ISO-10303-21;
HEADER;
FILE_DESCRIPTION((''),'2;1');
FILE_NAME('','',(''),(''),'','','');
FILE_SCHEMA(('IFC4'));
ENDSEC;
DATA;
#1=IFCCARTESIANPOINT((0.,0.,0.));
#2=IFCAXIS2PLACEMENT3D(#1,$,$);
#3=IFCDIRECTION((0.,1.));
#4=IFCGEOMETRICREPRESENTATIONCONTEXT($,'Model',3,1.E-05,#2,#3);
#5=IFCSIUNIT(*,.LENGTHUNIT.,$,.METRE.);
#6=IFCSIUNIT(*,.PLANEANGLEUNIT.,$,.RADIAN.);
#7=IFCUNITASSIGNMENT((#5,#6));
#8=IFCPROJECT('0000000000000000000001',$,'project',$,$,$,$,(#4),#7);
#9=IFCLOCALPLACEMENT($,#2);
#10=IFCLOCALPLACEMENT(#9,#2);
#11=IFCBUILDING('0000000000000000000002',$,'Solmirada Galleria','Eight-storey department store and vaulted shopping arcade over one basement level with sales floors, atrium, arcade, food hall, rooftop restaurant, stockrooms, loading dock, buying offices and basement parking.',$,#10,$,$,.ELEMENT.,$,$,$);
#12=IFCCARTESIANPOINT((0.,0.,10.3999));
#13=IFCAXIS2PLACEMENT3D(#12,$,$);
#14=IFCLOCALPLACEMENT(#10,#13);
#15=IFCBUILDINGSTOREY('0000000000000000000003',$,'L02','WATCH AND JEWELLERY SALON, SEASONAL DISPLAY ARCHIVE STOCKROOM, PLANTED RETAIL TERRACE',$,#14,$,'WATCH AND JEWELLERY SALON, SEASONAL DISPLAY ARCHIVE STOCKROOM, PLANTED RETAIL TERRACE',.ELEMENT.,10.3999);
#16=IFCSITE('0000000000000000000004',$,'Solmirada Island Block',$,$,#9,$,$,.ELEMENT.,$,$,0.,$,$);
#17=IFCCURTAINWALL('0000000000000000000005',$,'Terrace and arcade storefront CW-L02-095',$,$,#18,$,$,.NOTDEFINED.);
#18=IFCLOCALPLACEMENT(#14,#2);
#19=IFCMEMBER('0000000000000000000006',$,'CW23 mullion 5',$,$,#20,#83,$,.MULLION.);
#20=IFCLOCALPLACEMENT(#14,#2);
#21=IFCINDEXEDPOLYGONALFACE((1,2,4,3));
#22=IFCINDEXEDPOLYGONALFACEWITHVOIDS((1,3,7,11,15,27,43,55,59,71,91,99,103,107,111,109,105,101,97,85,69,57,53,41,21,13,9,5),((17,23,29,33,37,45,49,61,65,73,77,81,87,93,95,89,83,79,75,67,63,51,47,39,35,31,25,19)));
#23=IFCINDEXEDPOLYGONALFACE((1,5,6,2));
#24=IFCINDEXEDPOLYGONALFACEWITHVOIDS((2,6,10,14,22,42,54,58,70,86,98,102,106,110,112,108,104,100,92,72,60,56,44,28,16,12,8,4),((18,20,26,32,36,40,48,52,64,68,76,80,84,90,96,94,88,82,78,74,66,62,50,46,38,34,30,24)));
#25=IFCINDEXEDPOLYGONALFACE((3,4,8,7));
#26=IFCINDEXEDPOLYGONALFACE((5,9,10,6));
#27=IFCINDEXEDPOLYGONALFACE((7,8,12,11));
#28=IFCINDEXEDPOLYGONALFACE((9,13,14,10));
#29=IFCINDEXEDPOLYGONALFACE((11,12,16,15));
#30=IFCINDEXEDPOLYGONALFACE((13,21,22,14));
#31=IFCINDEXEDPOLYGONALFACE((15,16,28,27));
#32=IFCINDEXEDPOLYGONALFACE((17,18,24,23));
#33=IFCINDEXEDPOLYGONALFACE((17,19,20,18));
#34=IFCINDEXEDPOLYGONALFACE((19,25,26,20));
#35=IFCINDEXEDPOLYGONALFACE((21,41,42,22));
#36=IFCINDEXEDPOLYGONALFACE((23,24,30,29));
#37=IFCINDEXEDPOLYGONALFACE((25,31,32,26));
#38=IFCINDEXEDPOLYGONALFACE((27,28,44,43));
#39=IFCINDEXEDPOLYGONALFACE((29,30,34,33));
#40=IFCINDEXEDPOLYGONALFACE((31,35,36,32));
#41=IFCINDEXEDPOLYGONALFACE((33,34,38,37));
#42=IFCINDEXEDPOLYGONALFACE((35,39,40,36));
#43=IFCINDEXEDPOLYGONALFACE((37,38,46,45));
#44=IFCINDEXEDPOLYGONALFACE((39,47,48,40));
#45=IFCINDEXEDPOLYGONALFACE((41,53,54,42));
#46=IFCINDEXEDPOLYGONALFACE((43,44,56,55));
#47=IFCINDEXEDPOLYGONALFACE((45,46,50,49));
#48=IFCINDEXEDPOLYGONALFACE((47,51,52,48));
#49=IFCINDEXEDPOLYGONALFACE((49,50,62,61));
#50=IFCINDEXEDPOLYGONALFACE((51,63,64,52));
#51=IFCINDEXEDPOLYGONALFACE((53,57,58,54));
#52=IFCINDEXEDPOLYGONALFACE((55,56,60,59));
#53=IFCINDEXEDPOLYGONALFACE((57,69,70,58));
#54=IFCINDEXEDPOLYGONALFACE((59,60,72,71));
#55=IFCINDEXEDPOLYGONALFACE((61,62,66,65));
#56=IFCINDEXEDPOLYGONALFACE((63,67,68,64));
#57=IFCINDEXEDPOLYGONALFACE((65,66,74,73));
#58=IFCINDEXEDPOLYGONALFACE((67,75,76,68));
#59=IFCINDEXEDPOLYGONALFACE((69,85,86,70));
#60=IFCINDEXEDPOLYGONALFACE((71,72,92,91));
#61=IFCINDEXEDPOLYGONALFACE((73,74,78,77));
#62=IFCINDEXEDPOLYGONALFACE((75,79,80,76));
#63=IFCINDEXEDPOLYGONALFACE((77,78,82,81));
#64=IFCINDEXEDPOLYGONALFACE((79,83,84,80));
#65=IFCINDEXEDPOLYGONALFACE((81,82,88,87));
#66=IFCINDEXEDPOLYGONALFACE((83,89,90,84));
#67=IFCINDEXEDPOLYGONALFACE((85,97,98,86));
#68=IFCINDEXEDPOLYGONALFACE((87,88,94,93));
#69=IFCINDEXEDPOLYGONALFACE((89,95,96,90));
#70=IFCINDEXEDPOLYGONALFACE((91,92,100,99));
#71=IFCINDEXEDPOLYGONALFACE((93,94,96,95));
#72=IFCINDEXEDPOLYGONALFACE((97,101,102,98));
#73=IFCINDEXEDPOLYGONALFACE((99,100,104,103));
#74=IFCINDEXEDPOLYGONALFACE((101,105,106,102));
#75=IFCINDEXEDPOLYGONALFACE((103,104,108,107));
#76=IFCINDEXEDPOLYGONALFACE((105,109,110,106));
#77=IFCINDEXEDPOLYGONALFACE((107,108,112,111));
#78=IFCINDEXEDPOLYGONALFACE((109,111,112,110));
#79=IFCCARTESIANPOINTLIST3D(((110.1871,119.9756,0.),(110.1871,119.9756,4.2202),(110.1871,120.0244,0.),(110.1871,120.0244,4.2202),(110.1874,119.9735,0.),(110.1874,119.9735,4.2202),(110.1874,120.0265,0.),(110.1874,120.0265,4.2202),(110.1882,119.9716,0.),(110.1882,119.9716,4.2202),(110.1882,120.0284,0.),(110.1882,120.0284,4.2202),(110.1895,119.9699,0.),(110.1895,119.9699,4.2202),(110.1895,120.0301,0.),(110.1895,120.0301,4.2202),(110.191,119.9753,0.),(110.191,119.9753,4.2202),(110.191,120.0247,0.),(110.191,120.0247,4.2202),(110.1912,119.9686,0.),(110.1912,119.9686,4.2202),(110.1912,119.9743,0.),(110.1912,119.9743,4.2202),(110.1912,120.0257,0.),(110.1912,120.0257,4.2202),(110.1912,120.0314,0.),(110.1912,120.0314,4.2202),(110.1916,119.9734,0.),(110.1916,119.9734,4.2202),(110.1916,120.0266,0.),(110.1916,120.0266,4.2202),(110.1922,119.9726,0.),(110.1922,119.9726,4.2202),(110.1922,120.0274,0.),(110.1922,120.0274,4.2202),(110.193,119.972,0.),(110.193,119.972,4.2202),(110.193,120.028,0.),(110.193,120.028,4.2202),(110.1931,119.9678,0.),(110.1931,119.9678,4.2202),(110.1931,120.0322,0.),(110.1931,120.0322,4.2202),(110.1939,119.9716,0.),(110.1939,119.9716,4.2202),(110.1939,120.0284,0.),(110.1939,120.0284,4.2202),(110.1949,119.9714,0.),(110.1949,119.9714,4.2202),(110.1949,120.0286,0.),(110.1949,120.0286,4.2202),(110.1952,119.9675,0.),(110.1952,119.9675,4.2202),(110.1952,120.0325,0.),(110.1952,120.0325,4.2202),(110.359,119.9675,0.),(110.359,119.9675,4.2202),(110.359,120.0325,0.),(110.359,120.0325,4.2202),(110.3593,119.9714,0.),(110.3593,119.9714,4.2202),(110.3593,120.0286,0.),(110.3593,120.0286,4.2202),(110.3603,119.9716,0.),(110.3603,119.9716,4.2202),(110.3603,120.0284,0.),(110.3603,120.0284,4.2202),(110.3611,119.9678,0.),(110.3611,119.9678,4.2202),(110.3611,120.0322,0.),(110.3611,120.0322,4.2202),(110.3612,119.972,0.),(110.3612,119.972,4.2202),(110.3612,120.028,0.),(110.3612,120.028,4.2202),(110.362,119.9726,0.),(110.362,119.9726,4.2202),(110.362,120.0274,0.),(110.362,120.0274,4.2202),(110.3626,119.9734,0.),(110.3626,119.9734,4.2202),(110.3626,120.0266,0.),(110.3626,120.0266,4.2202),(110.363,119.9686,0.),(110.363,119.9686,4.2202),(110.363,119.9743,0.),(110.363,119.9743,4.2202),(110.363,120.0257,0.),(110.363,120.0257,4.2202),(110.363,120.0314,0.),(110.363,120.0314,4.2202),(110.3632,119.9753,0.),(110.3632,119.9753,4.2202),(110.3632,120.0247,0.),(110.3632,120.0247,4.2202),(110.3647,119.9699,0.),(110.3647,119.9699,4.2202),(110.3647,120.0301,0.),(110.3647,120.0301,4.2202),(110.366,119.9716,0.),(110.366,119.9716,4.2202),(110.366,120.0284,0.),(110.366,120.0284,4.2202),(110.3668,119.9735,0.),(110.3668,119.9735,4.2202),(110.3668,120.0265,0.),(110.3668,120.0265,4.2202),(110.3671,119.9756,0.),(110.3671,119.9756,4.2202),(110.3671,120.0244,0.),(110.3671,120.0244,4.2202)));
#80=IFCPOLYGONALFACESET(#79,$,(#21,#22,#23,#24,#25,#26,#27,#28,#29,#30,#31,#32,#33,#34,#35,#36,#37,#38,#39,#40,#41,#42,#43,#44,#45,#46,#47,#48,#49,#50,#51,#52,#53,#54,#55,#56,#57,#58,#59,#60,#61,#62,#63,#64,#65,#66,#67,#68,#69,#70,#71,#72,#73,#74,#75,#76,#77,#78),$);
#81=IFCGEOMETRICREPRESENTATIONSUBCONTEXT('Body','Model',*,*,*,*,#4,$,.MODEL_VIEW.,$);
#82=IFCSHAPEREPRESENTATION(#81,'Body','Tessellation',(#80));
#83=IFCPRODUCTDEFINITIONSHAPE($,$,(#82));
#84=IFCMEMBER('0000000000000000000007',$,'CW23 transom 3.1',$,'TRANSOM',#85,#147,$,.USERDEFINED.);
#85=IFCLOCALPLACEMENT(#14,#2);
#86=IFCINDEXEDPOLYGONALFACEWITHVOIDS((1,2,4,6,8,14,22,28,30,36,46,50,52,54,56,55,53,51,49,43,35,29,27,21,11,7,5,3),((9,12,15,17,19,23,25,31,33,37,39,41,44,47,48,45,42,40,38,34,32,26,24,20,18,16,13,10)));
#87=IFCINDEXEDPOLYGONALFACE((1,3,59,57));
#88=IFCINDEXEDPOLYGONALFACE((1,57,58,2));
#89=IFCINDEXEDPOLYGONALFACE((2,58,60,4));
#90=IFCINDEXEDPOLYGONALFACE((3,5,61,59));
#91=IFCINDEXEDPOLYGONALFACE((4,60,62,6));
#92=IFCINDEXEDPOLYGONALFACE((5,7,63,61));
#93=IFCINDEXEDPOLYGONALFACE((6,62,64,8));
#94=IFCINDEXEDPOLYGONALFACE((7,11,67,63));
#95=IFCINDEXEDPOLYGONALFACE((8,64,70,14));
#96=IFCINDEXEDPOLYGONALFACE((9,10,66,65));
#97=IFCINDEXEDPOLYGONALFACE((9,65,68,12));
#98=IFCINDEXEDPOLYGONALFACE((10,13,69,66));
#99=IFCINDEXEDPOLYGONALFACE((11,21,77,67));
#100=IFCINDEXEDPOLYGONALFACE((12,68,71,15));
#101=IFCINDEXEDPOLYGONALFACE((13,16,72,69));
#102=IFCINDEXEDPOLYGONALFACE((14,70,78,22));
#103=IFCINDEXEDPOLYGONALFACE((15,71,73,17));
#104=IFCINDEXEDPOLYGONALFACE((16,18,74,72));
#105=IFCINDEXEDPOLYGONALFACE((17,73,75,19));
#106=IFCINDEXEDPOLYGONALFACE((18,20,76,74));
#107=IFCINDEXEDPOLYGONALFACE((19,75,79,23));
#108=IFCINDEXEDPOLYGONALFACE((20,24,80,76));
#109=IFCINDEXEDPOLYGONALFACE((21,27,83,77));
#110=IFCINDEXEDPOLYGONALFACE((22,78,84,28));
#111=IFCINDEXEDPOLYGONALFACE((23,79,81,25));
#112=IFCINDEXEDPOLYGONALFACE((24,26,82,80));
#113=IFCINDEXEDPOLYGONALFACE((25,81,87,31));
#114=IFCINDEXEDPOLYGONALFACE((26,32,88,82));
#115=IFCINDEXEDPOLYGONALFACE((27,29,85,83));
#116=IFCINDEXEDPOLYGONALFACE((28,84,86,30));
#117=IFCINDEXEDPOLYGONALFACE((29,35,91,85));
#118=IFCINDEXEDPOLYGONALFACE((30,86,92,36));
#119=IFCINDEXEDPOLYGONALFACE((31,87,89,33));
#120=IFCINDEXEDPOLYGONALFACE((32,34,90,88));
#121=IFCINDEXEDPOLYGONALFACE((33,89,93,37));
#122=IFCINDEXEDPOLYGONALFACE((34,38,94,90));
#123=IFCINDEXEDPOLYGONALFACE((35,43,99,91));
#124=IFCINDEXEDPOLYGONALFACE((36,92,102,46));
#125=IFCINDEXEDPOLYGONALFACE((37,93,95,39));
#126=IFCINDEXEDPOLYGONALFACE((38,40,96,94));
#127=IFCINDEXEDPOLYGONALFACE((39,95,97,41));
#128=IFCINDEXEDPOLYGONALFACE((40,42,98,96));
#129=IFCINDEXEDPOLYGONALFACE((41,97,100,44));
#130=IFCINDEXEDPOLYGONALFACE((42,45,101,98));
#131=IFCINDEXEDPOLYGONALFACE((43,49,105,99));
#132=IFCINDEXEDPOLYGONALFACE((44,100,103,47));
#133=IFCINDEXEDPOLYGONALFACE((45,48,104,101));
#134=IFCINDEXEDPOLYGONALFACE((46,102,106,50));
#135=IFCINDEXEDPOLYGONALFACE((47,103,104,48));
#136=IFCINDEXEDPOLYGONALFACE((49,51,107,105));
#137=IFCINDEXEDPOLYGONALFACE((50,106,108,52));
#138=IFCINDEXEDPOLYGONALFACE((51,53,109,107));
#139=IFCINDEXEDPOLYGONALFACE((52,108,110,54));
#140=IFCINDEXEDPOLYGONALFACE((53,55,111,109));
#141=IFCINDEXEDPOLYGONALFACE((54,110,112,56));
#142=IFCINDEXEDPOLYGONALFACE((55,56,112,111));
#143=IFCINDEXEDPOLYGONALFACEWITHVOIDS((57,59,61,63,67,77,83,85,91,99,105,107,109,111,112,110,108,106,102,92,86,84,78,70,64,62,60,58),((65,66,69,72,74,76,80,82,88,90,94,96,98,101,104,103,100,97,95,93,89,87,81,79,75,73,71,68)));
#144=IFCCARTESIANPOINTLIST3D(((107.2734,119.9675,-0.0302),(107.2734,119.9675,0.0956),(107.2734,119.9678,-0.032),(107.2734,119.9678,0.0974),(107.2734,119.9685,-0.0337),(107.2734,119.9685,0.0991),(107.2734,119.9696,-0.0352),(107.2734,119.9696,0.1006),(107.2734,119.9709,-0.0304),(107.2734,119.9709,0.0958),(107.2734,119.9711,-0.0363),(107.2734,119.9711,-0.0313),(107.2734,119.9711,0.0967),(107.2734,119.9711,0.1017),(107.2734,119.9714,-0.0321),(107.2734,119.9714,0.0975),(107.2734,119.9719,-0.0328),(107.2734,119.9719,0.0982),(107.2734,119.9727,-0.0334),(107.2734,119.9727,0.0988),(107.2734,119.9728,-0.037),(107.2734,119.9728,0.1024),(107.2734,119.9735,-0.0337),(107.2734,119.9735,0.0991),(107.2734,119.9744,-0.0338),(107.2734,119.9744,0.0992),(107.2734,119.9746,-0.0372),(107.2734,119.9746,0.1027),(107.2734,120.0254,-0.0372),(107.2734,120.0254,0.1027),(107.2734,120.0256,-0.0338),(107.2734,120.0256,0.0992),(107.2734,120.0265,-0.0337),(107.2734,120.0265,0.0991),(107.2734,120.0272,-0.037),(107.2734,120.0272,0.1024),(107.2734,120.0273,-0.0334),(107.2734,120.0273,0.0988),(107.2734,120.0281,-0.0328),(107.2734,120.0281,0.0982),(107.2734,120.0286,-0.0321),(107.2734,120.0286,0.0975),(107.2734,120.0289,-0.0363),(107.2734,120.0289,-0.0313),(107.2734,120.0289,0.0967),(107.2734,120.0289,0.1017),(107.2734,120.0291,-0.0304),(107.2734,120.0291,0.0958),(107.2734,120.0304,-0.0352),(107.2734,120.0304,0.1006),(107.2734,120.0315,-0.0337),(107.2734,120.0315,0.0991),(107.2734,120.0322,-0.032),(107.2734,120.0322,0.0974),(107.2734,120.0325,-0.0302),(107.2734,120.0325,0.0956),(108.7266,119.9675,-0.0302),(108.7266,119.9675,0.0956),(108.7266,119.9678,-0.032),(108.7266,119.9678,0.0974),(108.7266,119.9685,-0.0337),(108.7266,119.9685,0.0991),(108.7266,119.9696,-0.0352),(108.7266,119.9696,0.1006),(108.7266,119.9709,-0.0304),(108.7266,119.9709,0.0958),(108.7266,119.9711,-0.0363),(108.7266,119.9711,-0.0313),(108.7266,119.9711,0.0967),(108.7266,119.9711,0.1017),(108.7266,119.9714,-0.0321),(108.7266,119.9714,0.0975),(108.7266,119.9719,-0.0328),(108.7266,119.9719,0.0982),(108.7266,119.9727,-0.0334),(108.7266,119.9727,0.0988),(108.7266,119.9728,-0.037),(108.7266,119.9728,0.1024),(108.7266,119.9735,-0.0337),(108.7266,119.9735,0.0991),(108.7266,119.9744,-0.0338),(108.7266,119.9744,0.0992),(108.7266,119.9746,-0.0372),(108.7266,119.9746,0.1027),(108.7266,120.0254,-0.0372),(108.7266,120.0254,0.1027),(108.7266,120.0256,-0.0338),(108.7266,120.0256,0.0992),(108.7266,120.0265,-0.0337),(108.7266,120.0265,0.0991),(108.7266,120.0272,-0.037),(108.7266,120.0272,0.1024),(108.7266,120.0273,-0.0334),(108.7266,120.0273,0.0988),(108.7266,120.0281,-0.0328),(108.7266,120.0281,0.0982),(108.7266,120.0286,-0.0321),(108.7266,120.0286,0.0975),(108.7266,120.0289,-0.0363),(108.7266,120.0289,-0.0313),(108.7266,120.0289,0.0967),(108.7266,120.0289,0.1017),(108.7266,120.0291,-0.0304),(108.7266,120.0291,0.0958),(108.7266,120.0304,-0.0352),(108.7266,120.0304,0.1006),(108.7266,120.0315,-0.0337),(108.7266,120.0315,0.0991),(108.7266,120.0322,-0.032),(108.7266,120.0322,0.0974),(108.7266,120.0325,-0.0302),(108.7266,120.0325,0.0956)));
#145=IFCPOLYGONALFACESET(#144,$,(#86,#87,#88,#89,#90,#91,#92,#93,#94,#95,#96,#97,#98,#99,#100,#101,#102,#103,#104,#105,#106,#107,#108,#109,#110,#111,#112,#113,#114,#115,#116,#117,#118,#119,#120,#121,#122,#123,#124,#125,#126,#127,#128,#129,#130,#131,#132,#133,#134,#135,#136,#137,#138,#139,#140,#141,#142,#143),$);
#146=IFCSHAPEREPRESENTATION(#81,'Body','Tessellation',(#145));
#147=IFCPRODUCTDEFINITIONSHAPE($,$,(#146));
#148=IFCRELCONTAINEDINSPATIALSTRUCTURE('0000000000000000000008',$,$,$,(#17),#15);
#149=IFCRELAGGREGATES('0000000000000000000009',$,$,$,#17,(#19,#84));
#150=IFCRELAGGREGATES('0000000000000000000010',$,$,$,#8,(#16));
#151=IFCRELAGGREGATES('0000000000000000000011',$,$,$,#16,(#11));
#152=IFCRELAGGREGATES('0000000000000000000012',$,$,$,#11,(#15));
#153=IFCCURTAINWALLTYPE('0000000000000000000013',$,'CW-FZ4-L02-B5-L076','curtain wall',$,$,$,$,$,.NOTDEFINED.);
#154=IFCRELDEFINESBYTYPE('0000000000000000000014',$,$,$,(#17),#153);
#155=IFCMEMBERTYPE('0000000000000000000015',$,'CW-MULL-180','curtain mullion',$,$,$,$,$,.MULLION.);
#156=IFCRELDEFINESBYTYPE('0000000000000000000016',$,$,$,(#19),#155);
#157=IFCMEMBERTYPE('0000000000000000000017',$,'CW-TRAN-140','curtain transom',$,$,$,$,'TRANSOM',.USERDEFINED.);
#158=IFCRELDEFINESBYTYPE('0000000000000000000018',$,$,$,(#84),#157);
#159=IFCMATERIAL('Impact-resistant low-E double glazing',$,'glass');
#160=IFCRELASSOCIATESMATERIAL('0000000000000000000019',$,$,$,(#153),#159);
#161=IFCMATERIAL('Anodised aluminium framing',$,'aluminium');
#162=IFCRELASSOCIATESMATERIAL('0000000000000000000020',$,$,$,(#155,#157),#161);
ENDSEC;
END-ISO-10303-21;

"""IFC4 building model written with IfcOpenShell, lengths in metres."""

from ifc_helpers import new_model, si_unit, direction, frame, origin, origin_2d, place, context, subcontext, project, spatial, hollow_rectangle, extrude, material, material_profile, profile_set, type_object, element, aggregate, save


model = new_model("IFC4")

# Units and contexts
model_context = context("Model", 3, precision=1e-05, world=origin(), true_north=direction((0.0, 1.0)))
body_context = subcontext(model_context, "Body", "Model", "MODEL_VIEW")
ifc_project = project(units=[si_unit("LENGTHUNIT", "METRE"), si_unit("PLANEANGLEUNIT", "RADIAN")], contexts=[model_context])

# Site, building, storey
site_placement = place(None, origin())
site = spatial("IfcSite", under=ifc_project, at=site_placement, Name="Solmirada Island Block", CompositionType="ELEMENT", RefElevation=0.0)
building_placement = place(site_placement, origin())
building = spatial("IfcBuilding", under=site, at=building_placement, Name="Solmirada Galleria", Description="Eight-storey department store and vaulted shopping arcade over one basement level with sales floors, atrium, arcade, food hall, rooftop restaurant, stockrooms, loading dock, buying offices and basement parking.", CompositionType="ELEMENT")
storey_placement = place(building_placement, frame((0.0, 0.0, 10.3999)))
storey = spatial("IfcBuildingStorey", under=building, at=storey_placement, Name="L02", Description="WATCH AND JEWELLERY SALON, SEASONAL DISPLAY ARCHIVE STOCKROOM, PLANTED RETAIL TERRACE", LongName="WATCH AND JEWELLERY SALON, SEASONAL DISPLAY ARCHIVE STOCKROOM, PLANTED RETAIL TERRACE", CompositionType="ELEMENT", Elevation=10.3999)

# Curtain wall, members
ifc_material_1 = material(Name="Impact-resistant low-E double glazing", Category="glass")
curtain_wall_type = type_object("IfcCurtainWallType", Name="CW-FZ4-L02-B5-L076", Description="curtain wall", PredefinedType="NOTDEFINED", material=ifc_material_1)
curtain_wall_placement = place(storey_placement, origin())
curtain_wall = element("IfcCurtainWall", 1, at=curtain_wall_placement, inside=storey, type_object=curtain_wall_type, Name="Terrace and arcade storefront CW-L02-095", PredefinedType="NOTDEFINED")
ifc_material_2 = material(Name="Anodised aluminium framing", Category="aluminium")
ifc_material_profile_1 = material_profile(ifc_material_2, hollow_rectangle(XDim=0.0649, YDim=0.1799, WallThickness=0.0039, InnerFilletRadius=0.0039, OuterFilletRadius=0.0081, at=origin_2d()), Name="ALU-MULL-180X65")
ifc_profile_set_1 = profile_set([ifc_material_profile_1], Name="Anodised aluminium framing")
member_type_1 = type_object("IfcMemberType", Name="CW-MULL-180", Description="curtain mullion", PredefinedType="MULLION", material=ifc_profile_set_1)
member_1_placement = place(storey_placement, frame((110.2771, 120.0, 0.0), z_axis=(0.0, 0.0, 1.0), x_axis=(0.0, 1.0, 0.0)))
member_1 = element("IfcMember", 2, at=member_1_placement, type_object=member_type_1, Name="CW23 mullion 5", PredefinedType="MULLION", context=body_context, shape_type="SweptSolid", body=[
    extrude(hollow_rectangle(XDim=0.0649, YDim=0.1799, WallThickness=0.0039, InnerFilletRadius=0.0039, OuterFilletRadius=0.0081, at=origin_2d()), origin(), (0.0, 0.0, 1.0), 4.2202),
])
ifc_material_profile_2 = material_profile(ifc_material_2, hollow_rectangle(XDim=0.0649, YDim=0.1399, WallThickness=0.0034, InnerFilletRadius=0.0034, OuterFilletRadius=0.0071, at=origin_2d()), Name="ALU-TRAN-140X65")
ifc_profile_set_2 = profile_set([ifc_material_profile_2], Name="Anodised aluminium framing")
member_type_2 = type_object("IfcMemberType", Name="CW-TRAN-140", Description="curtain transom", ElementType="TRANSOM", PredefinedType="USERDEFINED", material=ifc_profile_set_2)
member_2_placement = place(storey_placement, frame((107.2734, 120.0, 0.0327), z_axis=(1.0, 0.0, 0.0), x_axis=(0.0, 1.0, 0.0)))
member_2 = element("IfcMember", 3, at=member_2_placement, type_object=member_type_2, Name="CW23 transom 3.1", ObjectType="TRANSOM", PredefinedType="USERDEFINED", context=body_context, shape_type="SweptSolid", body=[
    extrude(hollow_rectangle(XDim=0.0649, YDim=0.1399, WallThickness=0.0034, InnerFilletRadius=0.0034, OuterFilletRadius=0.0071, at=origin_2d()), origin(), (0.0, 0.0, 1.0), 1.4531),
])
aggregate(curtain_wall, [member_1, member_2])

save(model, "model.ifc")
